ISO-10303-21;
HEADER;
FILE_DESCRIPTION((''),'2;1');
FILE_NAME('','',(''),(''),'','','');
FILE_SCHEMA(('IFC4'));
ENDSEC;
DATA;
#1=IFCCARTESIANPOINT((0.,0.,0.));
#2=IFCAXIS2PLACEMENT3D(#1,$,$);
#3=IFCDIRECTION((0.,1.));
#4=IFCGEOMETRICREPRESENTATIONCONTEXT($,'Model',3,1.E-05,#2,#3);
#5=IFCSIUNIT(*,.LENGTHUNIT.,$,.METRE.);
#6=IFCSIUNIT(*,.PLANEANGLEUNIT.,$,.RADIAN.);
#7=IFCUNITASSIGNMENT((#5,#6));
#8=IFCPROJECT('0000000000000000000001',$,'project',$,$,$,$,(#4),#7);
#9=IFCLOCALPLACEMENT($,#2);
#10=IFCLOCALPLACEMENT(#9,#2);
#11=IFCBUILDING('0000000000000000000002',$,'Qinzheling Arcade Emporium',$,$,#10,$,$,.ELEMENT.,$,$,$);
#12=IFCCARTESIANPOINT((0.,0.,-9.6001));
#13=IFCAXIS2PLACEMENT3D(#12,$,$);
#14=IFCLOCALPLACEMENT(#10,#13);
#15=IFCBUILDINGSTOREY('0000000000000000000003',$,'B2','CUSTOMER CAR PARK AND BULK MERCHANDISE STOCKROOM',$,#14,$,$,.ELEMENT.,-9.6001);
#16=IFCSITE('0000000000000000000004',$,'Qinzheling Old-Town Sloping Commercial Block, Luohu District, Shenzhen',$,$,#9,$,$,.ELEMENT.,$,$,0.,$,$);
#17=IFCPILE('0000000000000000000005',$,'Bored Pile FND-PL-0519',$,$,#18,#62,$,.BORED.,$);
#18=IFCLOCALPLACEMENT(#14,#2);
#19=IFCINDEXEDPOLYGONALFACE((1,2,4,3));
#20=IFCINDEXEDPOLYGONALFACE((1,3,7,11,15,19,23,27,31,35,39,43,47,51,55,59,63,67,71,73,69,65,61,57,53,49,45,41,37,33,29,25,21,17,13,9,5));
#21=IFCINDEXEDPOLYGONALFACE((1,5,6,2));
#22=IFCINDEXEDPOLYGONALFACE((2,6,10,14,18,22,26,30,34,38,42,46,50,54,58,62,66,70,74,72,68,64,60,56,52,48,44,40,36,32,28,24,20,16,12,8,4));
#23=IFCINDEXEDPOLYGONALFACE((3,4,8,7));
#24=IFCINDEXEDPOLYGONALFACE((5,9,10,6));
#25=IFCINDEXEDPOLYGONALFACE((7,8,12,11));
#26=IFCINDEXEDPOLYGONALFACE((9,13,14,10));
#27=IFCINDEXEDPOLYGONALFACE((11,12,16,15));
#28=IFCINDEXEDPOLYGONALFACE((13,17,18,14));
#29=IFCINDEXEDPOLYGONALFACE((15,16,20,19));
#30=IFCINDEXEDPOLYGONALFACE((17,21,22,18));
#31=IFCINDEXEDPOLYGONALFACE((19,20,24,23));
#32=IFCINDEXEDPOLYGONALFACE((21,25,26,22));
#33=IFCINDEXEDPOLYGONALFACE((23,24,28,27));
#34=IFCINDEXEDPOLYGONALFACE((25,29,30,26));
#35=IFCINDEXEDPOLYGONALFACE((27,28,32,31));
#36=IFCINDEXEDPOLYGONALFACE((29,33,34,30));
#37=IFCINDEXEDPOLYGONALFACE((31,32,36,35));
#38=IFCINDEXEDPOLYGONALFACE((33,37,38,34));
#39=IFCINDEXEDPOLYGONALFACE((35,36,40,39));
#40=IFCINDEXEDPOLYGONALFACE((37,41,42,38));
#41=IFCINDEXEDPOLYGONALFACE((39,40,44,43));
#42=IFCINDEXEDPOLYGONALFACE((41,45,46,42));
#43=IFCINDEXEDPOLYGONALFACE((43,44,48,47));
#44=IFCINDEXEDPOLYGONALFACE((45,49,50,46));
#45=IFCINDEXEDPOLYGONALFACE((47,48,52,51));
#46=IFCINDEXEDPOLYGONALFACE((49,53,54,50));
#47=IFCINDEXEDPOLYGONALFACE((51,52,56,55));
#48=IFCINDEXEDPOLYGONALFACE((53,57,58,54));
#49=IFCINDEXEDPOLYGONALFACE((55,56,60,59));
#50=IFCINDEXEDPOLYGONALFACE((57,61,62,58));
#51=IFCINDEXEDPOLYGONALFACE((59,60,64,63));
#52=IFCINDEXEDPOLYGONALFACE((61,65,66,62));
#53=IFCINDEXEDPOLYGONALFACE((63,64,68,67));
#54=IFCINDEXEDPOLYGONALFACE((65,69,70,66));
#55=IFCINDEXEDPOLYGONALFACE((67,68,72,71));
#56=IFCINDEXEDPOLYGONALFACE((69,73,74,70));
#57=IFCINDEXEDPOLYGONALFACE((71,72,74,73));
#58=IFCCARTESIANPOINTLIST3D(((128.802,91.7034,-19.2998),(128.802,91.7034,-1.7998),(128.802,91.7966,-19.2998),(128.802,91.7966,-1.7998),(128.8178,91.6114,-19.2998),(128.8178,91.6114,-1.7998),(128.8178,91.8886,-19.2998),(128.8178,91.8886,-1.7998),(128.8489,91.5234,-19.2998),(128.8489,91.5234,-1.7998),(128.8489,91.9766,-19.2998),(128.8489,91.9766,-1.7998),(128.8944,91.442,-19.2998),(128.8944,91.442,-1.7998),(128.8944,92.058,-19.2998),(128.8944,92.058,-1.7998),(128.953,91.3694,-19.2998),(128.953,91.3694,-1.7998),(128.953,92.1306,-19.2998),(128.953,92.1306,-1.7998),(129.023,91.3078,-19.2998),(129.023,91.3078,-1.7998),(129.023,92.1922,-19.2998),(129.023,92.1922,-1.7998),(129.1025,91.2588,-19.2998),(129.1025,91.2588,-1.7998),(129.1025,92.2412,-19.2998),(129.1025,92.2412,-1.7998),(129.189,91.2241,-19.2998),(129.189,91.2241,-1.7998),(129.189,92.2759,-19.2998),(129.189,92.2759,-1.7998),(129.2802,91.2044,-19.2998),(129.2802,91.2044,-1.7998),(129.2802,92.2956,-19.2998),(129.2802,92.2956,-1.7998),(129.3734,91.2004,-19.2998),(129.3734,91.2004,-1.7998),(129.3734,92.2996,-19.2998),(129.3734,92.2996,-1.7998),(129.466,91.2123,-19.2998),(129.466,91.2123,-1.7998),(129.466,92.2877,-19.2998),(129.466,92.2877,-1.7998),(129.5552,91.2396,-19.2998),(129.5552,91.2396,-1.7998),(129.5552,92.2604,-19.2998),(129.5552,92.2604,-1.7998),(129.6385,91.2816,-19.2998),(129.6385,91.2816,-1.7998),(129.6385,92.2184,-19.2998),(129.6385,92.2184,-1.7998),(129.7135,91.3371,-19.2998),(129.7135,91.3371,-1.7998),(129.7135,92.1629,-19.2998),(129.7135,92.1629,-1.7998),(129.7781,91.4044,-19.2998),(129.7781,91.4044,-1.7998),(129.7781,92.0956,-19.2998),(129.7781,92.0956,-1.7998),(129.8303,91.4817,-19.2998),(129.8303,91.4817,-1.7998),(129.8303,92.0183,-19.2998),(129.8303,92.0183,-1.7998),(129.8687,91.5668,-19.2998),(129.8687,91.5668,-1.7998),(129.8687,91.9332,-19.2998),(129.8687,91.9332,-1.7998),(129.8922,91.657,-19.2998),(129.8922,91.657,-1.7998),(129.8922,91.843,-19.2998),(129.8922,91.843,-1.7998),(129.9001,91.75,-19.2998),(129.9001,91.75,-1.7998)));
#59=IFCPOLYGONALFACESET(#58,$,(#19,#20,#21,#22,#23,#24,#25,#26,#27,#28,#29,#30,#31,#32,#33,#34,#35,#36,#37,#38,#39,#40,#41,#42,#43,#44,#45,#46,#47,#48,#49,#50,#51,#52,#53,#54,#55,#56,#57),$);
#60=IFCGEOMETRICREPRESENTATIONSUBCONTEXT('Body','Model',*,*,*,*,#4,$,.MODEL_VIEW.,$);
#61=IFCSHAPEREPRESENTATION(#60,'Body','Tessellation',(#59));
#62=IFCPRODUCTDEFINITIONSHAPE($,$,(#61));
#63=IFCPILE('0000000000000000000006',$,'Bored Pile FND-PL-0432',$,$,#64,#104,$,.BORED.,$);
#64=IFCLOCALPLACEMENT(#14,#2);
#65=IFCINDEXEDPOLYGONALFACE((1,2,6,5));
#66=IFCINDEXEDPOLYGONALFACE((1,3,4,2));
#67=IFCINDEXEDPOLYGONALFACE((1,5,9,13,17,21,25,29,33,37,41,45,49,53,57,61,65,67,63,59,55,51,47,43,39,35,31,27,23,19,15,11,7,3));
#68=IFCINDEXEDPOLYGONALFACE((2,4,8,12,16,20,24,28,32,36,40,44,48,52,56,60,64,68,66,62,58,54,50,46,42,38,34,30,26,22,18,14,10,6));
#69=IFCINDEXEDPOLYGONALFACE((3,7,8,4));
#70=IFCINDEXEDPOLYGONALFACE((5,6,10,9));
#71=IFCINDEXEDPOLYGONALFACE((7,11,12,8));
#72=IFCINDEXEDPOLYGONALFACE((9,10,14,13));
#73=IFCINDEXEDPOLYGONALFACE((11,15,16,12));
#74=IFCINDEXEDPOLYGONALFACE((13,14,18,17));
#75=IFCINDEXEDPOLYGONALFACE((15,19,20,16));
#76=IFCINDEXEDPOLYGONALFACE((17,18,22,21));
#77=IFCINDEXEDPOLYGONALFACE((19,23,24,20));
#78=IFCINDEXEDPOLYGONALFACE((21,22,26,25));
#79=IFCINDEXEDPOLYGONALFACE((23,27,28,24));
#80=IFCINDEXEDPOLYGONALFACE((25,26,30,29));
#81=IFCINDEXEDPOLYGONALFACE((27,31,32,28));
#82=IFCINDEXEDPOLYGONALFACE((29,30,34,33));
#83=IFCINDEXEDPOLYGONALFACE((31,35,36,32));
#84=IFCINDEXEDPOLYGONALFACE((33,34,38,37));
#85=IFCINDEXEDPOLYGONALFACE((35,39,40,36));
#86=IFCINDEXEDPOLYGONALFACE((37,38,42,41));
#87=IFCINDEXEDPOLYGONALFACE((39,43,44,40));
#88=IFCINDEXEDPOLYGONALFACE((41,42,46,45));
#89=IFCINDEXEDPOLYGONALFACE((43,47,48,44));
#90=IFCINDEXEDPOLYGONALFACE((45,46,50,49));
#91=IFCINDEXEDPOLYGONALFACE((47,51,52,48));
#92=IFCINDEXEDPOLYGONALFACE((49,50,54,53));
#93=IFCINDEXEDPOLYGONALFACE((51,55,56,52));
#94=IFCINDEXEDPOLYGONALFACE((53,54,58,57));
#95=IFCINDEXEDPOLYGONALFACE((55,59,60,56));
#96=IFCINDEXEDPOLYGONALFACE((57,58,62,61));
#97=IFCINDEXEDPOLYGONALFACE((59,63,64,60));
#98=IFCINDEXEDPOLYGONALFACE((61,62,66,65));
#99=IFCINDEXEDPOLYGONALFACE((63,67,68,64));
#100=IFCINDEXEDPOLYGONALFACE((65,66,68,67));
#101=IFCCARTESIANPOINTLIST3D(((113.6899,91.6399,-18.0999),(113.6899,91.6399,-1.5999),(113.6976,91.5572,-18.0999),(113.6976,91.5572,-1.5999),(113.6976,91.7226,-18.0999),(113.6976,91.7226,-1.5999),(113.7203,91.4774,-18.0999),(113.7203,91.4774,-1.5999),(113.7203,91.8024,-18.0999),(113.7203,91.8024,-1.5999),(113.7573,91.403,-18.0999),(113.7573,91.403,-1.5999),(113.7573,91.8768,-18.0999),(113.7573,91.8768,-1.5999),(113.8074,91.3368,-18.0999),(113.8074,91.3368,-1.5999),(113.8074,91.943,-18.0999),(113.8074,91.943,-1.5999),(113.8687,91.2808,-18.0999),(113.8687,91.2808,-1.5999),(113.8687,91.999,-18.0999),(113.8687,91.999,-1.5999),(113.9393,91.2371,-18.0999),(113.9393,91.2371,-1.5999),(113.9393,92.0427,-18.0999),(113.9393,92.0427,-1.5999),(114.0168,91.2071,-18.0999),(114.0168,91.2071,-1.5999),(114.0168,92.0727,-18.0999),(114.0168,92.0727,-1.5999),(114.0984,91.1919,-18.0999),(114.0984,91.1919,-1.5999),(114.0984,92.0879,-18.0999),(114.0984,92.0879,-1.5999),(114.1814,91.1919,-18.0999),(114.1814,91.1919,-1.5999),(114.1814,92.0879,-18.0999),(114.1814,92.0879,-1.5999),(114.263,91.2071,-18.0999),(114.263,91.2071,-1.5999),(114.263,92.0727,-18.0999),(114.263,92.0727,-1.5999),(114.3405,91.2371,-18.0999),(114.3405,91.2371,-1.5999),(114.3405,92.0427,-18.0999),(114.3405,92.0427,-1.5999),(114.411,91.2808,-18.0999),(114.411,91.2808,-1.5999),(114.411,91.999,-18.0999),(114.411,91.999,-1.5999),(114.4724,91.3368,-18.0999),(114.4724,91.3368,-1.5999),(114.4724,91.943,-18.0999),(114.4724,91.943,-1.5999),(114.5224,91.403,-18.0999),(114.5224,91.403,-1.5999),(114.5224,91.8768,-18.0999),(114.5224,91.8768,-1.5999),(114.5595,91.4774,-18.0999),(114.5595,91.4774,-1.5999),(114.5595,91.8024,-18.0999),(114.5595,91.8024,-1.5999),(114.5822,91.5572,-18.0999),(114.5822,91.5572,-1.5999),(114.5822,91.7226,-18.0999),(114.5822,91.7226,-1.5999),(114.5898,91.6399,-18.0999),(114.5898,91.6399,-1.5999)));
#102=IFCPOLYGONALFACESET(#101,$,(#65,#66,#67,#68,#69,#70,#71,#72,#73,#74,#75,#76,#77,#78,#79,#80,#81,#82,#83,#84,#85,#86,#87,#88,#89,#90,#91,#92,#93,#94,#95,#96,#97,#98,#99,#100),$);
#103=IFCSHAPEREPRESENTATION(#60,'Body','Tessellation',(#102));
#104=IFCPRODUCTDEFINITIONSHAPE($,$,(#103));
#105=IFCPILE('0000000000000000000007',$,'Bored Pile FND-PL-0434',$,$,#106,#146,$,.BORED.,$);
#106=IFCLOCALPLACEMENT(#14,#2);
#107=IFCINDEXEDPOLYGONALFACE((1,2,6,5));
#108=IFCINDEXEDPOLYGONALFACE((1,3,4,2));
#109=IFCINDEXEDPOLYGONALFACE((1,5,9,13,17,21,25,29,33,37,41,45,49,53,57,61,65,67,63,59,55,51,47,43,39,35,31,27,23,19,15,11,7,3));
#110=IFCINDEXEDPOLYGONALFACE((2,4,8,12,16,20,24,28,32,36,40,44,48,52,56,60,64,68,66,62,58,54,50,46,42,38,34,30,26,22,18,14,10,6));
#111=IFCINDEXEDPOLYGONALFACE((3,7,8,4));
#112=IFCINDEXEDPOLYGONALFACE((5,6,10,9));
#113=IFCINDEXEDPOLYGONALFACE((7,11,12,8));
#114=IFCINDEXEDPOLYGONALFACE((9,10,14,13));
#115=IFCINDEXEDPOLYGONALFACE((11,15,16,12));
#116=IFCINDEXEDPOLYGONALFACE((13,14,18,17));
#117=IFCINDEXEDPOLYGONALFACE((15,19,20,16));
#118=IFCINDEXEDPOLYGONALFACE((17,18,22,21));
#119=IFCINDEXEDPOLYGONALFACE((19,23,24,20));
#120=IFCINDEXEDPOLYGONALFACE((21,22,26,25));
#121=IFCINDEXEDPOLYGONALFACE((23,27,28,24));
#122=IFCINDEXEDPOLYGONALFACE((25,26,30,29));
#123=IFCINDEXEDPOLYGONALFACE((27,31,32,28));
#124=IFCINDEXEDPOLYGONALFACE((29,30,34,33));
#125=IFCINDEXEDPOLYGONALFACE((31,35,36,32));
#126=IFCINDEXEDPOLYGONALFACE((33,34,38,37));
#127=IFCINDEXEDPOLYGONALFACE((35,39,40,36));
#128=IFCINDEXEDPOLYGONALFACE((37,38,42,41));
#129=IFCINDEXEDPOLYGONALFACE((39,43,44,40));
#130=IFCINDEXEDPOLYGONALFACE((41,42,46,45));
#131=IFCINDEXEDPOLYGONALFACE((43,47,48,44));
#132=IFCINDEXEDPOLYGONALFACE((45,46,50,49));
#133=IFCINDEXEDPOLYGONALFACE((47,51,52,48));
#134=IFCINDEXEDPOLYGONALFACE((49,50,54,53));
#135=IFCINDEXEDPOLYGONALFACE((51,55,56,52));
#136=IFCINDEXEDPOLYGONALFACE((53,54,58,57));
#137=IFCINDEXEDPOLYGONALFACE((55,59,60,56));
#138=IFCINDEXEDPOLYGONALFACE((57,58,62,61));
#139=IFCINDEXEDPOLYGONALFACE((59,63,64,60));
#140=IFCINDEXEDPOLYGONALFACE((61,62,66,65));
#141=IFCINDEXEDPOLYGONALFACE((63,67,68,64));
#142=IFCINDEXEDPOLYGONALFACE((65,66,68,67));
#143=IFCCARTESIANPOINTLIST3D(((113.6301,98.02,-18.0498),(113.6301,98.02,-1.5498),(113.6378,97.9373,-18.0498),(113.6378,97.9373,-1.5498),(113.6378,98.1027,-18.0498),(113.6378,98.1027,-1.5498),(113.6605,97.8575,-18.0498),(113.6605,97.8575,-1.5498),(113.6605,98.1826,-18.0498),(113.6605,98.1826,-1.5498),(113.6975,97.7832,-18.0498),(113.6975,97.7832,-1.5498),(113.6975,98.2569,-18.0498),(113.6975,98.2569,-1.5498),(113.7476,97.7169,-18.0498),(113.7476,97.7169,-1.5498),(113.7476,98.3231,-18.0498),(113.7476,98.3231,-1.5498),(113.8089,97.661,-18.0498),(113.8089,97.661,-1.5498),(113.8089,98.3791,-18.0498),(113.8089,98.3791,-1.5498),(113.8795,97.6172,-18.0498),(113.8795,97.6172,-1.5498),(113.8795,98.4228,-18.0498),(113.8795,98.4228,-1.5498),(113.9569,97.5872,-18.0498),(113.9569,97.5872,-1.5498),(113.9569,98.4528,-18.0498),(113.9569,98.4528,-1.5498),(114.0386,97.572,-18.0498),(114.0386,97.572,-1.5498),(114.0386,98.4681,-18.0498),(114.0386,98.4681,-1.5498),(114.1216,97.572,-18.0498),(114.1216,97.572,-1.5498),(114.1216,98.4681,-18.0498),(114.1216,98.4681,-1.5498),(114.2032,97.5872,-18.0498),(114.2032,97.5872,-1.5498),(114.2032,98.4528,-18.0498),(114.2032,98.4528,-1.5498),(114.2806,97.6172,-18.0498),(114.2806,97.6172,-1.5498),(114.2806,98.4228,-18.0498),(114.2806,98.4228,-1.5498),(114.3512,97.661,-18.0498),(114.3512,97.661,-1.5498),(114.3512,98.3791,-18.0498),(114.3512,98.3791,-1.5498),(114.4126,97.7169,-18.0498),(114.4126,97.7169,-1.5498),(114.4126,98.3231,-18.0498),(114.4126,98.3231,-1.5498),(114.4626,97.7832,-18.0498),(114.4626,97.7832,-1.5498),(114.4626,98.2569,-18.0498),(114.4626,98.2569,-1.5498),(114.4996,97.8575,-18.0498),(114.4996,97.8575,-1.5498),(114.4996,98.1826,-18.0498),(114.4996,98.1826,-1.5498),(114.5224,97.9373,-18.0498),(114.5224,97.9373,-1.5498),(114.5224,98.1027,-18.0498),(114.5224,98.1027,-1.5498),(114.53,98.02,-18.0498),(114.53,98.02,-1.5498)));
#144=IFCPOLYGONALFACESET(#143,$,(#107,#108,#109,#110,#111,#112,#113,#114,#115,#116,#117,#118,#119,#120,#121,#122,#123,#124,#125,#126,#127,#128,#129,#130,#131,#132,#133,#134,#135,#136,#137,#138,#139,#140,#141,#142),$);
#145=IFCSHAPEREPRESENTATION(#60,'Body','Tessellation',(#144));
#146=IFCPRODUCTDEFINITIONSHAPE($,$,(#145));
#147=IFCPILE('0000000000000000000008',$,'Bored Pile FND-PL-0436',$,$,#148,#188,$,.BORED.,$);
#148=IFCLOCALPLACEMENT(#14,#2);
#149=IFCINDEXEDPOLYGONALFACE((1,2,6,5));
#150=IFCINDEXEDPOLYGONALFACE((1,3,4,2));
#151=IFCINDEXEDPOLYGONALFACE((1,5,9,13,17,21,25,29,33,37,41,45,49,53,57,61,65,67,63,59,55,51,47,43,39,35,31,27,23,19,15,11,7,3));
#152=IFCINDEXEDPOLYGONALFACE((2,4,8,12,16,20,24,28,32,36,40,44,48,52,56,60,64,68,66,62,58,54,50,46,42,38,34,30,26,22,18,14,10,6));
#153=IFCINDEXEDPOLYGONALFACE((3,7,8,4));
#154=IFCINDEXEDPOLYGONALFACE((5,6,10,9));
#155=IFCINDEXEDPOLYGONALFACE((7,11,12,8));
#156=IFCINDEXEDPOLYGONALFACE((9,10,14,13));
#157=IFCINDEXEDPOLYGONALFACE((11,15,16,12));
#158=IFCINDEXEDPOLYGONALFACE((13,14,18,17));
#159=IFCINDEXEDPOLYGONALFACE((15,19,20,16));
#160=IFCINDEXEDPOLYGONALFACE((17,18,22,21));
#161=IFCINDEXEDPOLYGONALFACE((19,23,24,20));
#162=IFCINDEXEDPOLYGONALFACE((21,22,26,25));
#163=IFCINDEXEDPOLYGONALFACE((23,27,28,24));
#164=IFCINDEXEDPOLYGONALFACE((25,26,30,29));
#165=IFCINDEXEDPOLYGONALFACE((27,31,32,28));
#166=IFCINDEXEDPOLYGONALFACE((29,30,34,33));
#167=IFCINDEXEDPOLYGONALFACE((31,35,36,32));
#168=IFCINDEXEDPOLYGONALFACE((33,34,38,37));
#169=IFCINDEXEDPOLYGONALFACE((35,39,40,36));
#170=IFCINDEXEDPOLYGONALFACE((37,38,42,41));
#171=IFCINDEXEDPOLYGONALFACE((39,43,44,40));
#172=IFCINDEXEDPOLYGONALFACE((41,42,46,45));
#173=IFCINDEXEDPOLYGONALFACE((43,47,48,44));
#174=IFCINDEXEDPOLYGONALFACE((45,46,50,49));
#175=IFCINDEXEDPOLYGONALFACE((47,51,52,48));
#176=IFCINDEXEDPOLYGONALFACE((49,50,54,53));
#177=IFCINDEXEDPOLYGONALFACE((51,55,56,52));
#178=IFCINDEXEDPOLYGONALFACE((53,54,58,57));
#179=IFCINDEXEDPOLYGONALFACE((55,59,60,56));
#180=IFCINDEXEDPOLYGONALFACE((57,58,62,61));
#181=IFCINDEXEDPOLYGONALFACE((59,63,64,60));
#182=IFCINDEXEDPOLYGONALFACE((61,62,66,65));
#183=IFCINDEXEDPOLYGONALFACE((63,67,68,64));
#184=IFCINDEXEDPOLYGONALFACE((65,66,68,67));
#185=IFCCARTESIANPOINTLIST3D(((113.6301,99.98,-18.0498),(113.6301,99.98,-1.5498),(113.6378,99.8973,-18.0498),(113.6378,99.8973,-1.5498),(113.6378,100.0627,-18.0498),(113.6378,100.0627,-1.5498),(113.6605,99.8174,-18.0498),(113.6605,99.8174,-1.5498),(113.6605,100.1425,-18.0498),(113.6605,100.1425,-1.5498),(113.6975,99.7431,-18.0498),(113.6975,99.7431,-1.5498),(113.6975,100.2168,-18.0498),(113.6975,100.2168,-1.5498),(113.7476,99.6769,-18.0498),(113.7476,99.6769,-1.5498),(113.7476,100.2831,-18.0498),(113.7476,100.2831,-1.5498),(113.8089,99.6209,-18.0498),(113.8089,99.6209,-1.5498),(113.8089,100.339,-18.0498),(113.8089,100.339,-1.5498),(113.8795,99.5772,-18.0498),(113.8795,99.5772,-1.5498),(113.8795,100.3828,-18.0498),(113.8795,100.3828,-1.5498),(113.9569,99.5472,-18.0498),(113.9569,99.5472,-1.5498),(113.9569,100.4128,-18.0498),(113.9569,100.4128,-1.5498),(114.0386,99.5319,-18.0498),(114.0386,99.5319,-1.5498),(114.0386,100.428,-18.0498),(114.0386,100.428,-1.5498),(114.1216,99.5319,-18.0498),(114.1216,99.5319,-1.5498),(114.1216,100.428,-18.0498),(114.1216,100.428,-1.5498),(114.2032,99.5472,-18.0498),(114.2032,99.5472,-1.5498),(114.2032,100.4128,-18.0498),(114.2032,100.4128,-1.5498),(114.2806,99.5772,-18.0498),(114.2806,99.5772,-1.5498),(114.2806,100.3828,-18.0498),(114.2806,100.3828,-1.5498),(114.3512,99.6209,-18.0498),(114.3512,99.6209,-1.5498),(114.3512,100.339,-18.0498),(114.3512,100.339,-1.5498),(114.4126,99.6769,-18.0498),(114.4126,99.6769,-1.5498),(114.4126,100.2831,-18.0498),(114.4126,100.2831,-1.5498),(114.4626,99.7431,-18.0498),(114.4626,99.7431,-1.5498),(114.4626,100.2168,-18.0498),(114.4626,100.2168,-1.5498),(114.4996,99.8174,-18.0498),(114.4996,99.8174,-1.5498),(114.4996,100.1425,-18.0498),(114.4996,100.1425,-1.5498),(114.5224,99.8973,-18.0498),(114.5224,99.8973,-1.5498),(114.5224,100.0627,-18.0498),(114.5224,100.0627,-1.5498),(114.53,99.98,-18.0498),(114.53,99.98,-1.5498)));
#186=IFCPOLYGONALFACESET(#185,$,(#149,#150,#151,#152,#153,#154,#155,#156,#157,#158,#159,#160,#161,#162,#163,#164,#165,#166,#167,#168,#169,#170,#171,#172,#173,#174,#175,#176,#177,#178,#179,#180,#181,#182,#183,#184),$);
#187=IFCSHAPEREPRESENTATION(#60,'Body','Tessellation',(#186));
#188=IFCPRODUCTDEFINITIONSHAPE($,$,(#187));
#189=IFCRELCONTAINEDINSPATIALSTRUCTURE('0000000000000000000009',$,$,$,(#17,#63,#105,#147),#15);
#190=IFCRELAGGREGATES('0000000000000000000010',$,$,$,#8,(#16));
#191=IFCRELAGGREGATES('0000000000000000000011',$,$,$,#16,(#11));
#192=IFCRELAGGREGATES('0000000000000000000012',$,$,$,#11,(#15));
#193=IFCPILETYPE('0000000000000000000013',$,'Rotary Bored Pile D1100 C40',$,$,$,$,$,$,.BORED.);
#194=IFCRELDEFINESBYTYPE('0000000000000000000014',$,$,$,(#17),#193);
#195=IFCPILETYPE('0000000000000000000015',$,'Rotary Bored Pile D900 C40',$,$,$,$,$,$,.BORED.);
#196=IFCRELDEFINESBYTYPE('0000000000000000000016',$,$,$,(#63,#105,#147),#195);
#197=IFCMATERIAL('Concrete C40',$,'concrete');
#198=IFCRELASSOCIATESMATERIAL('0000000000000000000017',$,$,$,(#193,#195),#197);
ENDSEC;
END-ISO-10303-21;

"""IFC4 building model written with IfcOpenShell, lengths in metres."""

from ifc_helpers import new_model, si_unit, direction, frame, origin, origin_2d, place, context, subcontext, project, spatial, circle, extrude, material, material_profile, profile_set, type_object, element, save


model = new_model("IFC4")

# Units and contexts
model_context = context("Model", 3, precision=1e-05, world=origin(), true_north=direction((0.0, 1.0)))
body_context = subcontext(model_context, "Body", "Model", "MODEL_VIEW")
ifc_project = project(units=[si_unit("LENGTHUNIT", "METRE"), si_unit("PLANEANGLEUNIT", "RADIAN")], contexts=[model_context])

# Site, building, storey
site_placement = place(None, origin())
site = spatial("IfcSite", under=ifc_project, at=site_placement, Name="Qinzheling Old-Town Sloping Commercial Block, Luohu District, Shenzhen", CompositionType="ELEMENT", RefElevation=0.0)
building_placement = place(site_placement, origin())
building = spatial("IfcBuilding", under=site, at=building_placement, Name="Qinzheling Arcade Emporium", CompositionType="ELEMENT")
storey_placement = place(building_placement, frame((0.0, 0.0, -9.6001)))
storey = spatial("IfcBuildingStorey", under=building, at=storey_placement, Name="B2", Description="CUSTOMER CAR PARK AND BULK MERCHANDISE STOCKROOM", CompositionType="ELEMENT", Elevation=-9.6001)

# Shared definitions
ifc_material_1 = material(Name="Concrete C40", Category="concrete")

# Piles
ifc_material_profile_1 = material_profile(ifc_material_1, circle(Radius=0.55, at=origin_2d()), Name="BORED D1100", Category="concrete")
ifc_profile_set_1 = profile_set([ifc_material_profile_1], Name="Concrete C40")
pile_type_1 = type_object("IfcPileType", Name="Rotary Bored Pile D1100 C40", PredefinedType="BORED", material=ifc_profile_set_1)
pile_placement = place(storey_placement, frame((129.3501, 91.75, -1.7998), z_axis=(0.0, 0.0, -1.0), x_axis=(1.0, 0.0, 0.0)))
element("IfcPile", 1, at=pile_placement, inside=storey, type_object=pile_type_1, Name="Bored Pile FND-PL-0519", PredefinedType="BORED", context=body_context, shape_type="SweptSolid", body=[
    extrude(circle(Radius=0.55, at=origin_2d()), origin(), (0.0, 0.0, 1.0), 17.5),
])
ifc_material_profile_2 = material_profile(ifc_material_1, circle(Radius=0.45, at=origin_2d()), Name="BORED D900", Category="concrete")
ifc_profile_set_2 = profile_set([ifc_material_profile_2], Name="Concrete C40")
pile_type_2 = type_object("IfcPileType", Name="Rotary Bored Pile D900 C40", PredefinedType="BORED", material=ifc_profile_set_2)
for number, where, z_axis, x_axis, name in (
    (2, (114.1399, 91.6399, -1.5999), (0.0, 0.0, -1.0), (1.0, 0.0, 0.0), "Bored Pile FND-PL-0432"),
    (3, (114.0801, 98.02, -1.5498), (0.0, 0.0, -1.0), (1.0, 0.0, 0.0), "Bored Pile FND-PL-0434"),
    (4, (114.0801, 99.98, -1.5498), (0.0, 0.0, -1.0), (1.0, 0.0, 0.0), "Bored Pile FND-PL-0436"),
):
    element("IfcPile", number, at=place(storey_placement, frame(where, z_axis=z_axis, x_axis=x_axis)), inside=storey, type_object=pile_type_2, Name=name, PredefinedType="BORED", context=body_context, shape_type="SweptSolid", body=[
        extrude(circle(Radius=0.45, at=origin_2d()), origin(), (0.0, 0.0, 1.0), 16.5),
    ])

save(model, "model.ifc")
